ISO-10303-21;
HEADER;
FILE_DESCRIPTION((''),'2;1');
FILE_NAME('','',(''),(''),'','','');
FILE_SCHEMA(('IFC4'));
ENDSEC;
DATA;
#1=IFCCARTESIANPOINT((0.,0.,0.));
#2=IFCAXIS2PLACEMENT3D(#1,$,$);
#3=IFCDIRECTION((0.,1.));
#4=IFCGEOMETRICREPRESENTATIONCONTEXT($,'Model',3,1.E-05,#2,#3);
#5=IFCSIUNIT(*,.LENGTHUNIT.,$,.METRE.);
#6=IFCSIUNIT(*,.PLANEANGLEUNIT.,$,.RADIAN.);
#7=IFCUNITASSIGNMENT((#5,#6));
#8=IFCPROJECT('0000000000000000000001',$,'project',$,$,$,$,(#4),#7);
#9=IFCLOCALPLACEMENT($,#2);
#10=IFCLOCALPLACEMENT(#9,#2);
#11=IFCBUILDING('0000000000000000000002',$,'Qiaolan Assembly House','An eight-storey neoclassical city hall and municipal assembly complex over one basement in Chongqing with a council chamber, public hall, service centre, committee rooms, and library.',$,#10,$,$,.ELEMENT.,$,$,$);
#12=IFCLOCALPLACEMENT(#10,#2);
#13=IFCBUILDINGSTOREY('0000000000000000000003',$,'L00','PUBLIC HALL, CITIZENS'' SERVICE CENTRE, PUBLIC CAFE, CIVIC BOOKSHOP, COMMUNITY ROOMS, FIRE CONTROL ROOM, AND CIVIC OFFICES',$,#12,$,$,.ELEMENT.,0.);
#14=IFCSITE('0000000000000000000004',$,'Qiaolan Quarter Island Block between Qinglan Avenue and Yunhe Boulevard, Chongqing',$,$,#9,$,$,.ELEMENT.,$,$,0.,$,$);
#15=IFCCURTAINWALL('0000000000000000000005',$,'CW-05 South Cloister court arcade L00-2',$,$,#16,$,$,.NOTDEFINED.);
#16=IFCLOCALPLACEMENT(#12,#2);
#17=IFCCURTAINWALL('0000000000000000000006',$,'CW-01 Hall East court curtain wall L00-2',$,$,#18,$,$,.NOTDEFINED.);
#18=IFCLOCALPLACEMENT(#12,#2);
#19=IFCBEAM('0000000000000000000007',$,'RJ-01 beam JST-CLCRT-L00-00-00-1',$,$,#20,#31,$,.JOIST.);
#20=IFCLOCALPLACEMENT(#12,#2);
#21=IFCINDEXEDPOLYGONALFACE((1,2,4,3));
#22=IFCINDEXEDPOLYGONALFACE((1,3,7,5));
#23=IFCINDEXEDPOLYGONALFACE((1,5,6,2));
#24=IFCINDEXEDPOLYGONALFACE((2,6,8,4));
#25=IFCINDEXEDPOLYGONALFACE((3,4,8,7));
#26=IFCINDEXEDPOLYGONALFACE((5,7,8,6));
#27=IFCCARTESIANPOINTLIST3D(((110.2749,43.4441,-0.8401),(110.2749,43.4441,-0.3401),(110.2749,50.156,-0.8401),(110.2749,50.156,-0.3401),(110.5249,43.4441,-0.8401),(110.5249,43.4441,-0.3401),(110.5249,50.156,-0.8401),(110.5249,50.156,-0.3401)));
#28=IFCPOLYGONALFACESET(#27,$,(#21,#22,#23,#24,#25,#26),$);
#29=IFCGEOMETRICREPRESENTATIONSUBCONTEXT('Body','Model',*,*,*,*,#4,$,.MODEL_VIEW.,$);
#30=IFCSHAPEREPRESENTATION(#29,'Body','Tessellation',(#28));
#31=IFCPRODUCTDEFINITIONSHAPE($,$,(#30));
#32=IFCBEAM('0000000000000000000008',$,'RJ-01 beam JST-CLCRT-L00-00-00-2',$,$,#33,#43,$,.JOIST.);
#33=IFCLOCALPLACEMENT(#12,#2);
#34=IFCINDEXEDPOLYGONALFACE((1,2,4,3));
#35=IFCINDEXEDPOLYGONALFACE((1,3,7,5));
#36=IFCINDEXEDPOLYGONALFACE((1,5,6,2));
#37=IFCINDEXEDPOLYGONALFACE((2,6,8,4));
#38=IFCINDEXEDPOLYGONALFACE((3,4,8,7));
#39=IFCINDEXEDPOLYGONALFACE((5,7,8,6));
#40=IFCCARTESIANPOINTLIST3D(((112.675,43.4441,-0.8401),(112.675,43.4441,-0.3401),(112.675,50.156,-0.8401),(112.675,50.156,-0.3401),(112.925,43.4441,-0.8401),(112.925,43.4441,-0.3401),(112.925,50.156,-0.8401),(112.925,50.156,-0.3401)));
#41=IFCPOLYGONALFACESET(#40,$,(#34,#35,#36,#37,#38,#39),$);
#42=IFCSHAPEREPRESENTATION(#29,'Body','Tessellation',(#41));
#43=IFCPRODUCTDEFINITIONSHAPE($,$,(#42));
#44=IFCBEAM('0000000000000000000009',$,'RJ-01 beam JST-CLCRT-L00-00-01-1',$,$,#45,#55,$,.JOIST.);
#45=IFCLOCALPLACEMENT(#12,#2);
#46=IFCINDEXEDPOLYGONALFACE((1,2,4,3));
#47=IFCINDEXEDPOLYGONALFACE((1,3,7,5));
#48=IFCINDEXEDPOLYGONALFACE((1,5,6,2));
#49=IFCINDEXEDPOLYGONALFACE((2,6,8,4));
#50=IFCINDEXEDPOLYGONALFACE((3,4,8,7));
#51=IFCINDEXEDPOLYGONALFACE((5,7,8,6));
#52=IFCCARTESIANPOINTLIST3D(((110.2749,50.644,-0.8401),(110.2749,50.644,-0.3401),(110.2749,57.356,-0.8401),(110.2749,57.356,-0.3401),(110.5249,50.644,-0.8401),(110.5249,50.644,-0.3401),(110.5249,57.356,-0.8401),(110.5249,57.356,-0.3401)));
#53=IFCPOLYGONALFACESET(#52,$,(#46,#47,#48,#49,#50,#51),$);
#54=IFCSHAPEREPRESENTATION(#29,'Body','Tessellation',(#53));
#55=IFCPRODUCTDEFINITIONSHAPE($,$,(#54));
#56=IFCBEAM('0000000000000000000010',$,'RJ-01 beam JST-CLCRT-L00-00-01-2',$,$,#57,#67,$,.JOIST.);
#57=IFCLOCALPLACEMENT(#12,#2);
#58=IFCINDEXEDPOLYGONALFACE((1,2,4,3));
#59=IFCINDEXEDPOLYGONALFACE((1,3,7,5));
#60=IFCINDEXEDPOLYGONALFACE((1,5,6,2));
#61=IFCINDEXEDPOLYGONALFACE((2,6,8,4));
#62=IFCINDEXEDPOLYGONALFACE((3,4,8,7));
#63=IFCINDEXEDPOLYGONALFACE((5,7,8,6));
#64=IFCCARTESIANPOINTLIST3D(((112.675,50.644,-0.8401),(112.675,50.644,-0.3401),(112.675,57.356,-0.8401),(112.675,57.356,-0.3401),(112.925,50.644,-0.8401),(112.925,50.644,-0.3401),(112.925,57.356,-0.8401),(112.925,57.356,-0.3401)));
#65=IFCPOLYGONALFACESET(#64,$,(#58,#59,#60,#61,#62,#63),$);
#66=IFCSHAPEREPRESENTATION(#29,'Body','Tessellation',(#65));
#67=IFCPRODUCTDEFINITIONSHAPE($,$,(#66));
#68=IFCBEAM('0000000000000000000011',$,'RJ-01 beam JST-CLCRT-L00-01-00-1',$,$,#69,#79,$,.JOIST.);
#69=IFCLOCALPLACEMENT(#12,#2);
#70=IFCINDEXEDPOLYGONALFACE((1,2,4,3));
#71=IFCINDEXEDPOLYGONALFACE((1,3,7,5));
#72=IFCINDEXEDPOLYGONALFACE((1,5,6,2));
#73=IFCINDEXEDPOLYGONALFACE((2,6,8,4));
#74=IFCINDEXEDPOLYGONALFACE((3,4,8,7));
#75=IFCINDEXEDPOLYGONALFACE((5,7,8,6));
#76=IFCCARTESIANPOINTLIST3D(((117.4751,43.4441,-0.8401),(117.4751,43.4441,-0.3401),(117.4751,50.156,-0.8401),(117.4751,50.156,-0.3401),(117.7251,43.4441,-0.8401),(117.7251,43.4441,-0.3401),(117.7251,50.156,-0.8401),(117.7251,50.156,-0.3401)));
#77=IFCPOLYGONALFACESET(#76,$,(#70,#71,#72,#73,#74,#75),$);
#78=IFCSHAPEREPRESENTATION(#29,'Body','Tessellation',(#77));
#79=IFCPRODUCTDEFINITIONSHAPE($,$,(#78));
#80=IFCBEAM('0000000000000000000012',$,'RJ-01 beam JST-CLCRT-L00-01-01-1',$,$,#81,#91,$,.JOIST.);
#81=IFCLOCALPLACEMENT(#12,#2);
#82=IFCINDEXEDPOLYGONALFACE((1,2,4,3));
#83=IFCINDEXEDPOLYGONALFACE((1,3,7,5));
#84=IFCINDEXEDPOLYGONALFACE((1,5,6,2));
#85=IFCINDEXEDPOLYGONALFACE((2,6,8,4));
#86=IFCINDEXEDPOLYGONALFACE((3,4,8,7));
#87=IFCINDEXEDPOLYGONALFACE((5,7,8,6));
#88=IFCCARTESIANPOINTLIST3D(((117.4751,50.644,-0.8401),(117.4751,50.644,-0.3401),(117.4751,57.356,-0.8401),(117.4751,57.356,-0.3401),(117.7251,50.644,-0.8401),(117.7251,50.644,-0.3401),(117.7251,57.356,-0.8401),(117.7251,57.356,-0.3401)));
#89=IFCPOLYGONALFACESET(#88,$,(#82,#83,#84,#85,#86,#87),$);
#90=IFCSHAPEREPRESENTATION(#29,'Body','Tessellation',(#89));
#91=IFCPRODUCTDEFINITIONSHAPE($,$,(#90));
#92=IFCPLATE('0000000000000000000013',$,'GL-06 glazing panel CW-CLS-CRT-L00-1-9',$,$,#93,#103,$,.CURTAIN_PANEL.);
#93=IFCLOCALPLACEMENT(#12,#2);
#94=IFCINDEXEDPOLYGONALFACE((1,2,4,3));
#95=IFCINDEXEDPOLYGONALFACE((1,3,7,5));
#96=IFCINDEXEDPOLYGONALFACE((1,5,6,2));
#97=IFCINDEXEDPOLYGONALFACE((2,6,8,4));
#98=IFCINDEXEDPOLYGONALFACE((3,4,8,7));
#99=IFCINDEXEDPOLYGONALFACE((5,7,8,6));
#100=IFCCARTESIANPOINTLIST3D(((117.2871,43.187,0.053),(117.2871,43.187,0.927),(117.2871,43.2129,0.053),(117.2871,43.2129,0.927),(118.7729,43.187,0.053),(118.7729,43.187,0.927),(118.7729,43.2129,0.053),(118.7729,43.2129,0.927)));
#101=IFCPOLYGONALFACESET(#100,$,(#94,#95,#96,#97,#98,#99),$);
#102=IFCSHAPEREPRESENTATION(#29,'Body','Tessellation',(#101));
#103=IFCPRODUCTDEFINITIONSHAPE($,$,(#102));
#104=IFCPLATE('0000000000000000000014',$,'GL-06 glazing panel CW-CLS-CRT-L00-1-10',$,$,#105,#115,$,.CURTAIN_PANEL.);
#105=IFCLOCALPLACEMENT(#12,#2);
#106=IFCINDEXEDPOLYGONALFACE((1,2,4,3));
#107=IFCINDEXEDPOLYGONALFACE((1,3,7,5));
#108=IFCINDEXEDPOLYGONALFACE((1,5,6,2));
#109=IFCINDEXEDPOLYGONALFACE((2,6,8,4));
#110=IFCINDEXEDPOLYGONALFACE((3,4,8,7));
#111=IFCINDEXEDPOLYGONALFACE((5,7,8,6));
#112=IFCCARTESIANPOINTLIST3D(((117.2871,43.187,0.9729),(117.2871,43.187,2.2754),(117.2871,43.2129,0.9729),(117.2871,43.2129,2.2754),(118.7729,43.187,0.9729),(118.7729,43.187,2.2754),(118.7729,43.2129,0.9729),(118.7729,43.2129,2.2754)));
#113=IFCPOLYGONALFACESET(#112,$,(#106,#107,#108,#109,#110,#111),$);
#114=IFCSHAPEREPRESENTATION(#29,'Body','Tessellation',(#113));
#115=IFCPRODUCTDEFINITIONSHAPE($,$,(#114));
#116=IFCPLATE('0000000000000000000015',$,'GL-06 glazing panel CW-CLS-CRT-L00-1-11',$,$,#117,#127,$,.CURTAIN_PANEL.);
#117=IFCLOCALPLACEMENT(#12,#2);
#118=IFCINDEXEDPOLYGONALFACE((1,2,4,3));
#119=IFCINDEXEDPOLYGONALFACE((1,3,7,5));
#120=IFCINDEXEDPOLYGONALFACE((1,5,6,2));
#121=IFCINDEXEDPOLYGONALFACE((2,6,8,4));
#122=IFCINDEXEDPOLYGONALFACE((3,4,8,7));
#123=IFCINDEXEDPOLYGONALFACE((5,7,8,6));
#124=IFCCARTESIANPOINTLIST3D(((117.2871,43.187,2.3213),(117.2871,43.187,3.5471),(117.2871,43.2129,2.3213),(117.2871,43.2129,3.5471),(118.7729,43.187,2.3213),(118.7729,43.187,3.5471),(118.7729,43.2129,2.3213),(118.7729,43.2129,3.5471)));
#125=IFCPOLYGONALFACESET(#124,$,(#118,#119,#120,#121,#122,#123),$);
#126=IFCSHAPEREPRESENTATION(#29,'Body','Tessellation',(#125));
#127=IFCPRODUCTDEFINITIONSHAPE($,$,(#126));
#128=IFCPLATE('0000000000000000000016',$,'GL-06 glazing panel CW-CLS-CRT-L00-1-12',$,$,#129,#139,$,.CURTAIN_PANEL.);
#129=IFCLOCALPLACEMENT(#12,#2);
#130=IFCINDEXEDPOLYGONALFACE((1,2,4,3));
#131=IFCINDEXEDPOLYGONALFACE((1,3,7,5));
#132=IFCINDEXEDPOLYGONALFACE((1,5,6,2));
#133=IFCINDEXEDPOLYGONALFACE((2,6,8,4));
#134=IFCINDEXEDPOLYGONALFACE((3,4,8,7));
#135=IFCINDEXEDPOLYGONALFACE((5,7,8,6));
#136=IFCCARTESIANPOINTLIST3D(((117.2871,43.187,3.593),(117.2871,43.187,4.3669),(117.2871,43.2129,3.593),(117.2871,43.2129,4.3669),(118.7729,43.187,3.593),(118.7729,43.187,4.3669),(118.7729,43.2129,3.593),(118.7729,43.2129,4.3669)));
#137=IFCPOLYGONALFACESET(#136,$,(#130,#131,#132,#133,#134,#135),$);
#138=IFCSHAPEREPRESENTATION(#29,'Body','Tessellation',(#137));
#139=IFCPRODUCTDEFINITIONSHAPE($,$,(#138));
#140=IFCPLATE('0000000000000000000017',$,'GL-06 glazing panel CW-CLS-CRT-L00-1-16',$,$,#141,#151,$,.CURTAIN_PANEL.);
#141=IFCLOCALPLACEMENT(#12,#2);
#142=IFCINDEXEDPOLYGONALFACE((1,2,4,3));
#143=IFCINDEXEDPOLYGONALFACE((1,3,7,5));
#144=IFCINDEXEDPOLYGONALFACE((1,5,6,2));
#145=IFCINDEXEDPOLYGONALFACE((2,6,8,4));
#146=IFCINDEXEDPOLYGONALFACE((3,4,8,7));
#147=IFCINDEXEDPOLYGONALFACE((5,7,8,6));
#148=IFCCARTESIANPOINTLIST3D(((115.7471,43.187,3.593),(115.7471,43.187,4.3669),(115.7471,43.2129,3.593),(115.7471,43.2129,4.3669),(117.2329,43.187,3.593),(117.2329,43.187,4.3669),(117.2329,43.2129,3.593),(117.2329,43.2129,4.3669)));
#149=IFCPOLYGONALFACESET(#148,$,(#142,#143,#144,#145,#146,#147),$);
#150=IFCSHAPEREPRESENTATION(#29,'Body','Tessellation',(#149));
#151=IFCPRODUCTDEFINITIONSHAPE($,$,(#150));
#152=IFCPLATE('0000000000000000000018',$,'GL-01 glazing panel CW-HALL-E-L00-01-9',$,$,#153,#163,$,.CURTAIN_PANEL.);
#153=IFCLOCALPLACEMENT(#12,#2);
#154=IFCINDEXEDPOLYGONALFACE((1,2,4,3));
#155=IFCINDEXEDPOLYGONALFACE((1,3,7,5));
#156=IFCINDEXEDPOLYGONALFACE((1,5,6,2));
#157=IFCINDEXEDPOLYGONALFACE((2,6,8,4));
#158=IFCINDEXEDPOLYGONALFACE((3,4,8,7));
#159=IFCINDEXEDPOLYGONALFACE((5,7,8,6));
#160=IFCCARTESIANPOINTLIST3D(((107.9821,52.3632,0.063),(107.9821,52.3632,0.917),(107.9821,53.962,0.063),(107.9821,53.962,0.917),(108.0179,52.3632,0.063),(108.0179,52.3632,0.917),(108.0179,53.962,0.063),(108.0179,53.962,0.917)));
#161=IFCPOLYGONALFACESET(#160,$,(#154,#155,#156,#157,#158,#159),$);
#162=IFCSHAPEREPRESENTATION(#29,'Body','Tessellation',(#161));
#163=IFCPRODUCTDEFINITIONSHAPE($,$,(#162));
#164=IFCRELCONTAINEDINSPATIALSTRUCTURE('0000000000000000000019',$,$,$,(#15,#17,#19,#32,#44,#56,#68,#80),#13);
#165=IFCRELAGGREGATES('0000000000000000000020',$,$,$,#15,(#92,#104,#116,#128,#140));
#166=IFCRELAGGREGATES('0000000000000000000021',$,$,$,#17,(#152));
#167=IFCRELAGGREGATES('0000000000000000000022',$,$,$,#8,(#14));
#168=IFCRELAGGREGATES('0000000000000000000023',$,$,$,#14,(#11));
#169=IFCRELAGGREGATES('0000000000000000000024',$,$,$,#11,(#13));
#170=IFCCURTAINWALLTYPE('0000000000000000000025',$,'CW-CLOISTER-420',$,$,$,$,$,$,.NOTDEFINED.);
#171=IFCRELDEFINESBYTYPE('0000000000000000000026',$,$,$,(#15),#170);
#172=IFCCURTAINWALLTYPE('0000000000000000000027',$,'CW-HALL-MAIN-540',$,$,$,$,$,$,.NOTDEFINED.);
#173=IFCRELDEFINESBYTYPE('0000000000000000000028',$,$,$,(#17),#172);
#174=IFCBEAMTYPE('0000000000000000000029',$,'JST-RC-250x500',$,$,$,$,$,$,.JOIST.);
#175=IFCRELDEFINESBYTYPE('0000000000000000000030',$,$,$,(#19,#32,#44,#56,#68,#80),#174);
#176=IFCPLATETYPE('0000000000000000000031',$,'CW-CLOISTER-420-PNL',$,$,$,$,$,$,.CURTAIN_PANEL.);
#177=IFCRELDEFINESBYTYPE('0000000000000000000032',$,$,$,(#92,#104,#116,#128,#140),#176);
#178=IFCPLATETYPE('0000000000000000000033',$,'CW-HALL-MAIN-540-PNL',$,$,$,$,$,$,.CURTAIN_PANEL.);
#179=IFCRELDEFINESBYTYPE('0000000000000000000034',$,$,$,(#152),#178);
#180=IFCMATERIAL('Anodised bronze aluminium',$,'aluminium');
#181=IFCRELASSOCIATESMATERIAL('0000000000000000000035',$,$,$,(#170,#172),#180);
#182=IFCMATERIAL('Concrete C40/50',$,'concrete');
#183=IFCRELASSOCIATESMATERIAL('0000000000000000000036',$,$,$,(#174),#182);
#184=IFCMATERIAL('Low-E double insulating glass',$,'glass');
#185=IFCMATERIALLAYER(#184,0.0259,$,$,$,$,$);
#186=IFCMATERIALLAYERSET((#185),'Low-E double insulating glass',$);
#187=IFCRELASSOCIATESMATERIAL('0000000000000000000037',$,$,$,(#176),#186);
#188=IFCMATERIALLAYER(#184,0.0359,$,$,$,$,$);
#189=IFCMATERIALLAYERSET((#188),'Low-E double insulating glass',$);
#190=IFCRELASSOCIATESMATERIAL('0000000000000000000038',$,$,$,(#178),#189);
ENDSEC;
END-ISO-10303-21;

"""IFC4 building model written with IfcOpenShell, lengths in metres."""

from ifc_helpers import new_model, si_unit, direction, frame, frame_2d, origin, origin_2d, place, context, subcontext, project, spatial, rectangle, extrude, material, layer, layer_set, material_profile, profile_set, type_object, element, aggregate, save


model = new_model("IFC4")

# Units and contexts
model_context = context("Model", 3, precision=1e-05, world=origin(), true_north=direction((0.0, 1.0)))
body_context = subcontext(model_context, "Body", "Model", "MODEL_VIEW")
ifc_project = project(units=[si_unit("LENGTHUNIT", "METRE"), si_unit("PLANEANGLEUNIT", "RADIAN")], contexts=[model_context])

# Site, building, storey
site_placement = place(None, origin())
site = spatial("IfcSite", under=ifc_project, at=site_placement, Name="Qiaolan Quarter Island Block between Qinglan Avenue and Yunhe Boulevard, Chongqing", CompositionType="ELEMENT", RefElevation=0.0)
building_placement = place(site_placement, origin())
building = spatial("IfcBuilding", under=site, at=building_placement, Name="Qiaolan Assembly House", Description="An eight-storey neoclassical city hall and municipal assembly complex over one basement in Chongqing with a council chamber, public hall, service centre, committee rooms, and library.", CompositionType="ELEMENT")
storey_placement = place(building_placement, origin())
storey = spatial("IfcBuildingStorey", under=building, at=storey_placement, Name="L00", Description="PUBLIC HALL, CITIZENS' SERVICE CENTRE, PUBLIC CAFE, CIVIC BOOKSHOP, COMMUNITY ROOMS, FIRE CONTROL ROOM, AND CIVIC OFFICES", CompositionType="ELEMENT", Elevation=0.0)

# Shared definitions
ifc_material_1 = material(Name="Concrete C40/50", Category="concrete")

# Curtain walls
ifc_material_2 = material(Name="Anodised bronze aluminium", Category="aluminium")
curtain_wall_type_1 = type_object("IfcCurtainWallType", Name="CW-CLOISTER-420", PredefinedType="NOTDEFINED", material=ifc_material_2)
curtain_wall_1_placement = place(storey_placement, origin())
curtain_wall_1 = element("IfcCurtainWall", 1, at=curtain_wall_1_placement, inside=storey, type_object=curtain_wall_type_1, Name="CW-05 South Cloister court arcade L00-2", PredefinedType="NOTDEFINED")
curtain_wall_type_2 = type_object("IfcCurtainWallType", Name="CW-HALL-MAIN-540", PredefinedType="NOTDEFINED", material=ifc_material_2)
curtain_wall_2_placement = place(storey_placement, origin())
curtain_wall_2 = element("IfcCurtainWall", 2, at=curtain_wall_2_placement, inside=storey, type_object=curtain_wall_type_2, Name="CW-01 Hall East court curtain wall L00-2", PredefinedType="NOTDEFINED")

# Beams
ifc_material_profile_1 = material_profile(ifc_material_1, rectangle(XDim=0.25, YDim=0.5, at=origin_2d()), Name="RCB 250x500")
ifc_profile_set_1 = profile_set([ifc_material_profile_1], Name="Concrete C40/50")
beam_type_1 = type_object("IfcBeamType", Name="JST-RC-250x500", PredefinedType="JOIST", material=ifc_profile_set_1)
for number, where, z_axis, x_axis, name in (
    (3, (110.3999, 43.4441, -0.5901), (0.0, 1.0, 0.0), (-1.0, 0.0, 0.0), "RJ-01 beam JST-CLCRT-L00-00-00-1"),
    (4, (112.8, 43.4441, -0.5901), (0.0, 1.0, 0.0), (-1.0, 0.0, 0.0), "RJ-01 beam JST-CLCRT-L00-00-00-2"),
    (5, (110.3999, 50.644, -0.5901), (0.0, 1.0, 0.0), (-1.0, 0.0, 0.0), "RJ-01 beam JST-CLCRT-L00-00-01-1"),
    (6, (112.8, 50.644, -0.5901), (0.0, 1.0, 0.0), (-1.0, 0.0, 0.0), "RJ-01 beam JST-CLCRT-L00-00-01-2"),
    (7, (117.6001, 43.4441, -0.5901), (0.0, 1.0, 0.0), (-1.0, 0.0, 0.0), "RJ-01 beam JST-CLCRT-L00-01-00-1"),
    (8, (117.6001, 50.644, -0.5901), (0.0, 1.0, 0.0), (-1.0, 0.0, 0.0), "RJ-01 beam JST-CLCRT-L00-01-01-1"),
):
    element("IfcBeam", number, at=place(storey_placement, frame(where, z_axis=z_axis, x_axis=x_axis)), inside=storey, type_object=beam_type_1, Name=name, PredefinedType="JOIST", context=body_context, shape_type="SweptSolid", body=[
        extrude(rectangle(XDim=0.25, YDim=0.5, at=origin_2d()), origin(), (0.0, 0.0, 1.0), 6.7119),
    ])

# Plates
ifc_material_3 = material(Name="Low-E double insulating glass", Category="glass")
ifc_layer_1 = layer(ifc_material_3, 0.0259)
ifc_layer_set_1 = layer_set([ifc_layer_1], Name="Low-E double insulating glass")
plate_type_1 = type_object("IfcPlateType", Name="CW-CLOISTER-420-PNL", PredefinedType="CURTAIN_PANEL", material=ifc_layer_set_1)
plate_1_placement = place(storey_placement, frame((118.7729, 43.2, 0.053), z_axis=(0.0, 0.0, 1.0), x_axis=(-1.0, 0.0, 0.0)))
plate_1 = element("IfcPlate", 9, at=plate_1_placement, type_object=plate_type_1, Name="GL-06 glazing panel CW-CLS-CRT-L00-1-9", PredefinedType="CURTAIN_PANEL", context=body_context, shape_type="SweptSolid", body=[
    extrude(rectangle(XDim=1.4858, YDim=0.0259, at=frame_2d((0.7429, 0.0))), origin(), (0.0, 0.0, 1.0), 0.874),
])
plate_2_placement = place(storey_placement, frame((118.7729, 43.2, 0.9729), z_axis=(0.0, 0.0, 1.0), x_axis=(-1.0, 0.0, 0.0)))
plate_2 = element("IfcPlate", 10, at=plate_2_placement, type_object=plate_type_1, Name="GL-06 glazing panel CW-CLS-CRT-L00-1-10", PredefinedType="CURTAIN_PANEL", context=body_context, shape_type="SweptSolid", body=[
    extrude(rectangle(XDim=1.4858, YDim=0.0259, at=frame_2d((0.7429, 0.0))), origin(), (0.0, 0.0, 1.0), 1.3025),
])
plate_3_placement = place(storey_placement, frame((118.7729, 43.2, 2.3213), z_axis=(0.0, 0.0, 1.0), x_axis=(-1.0, 0.0, 0.0)))
plate_3 = element("IfcPlate", 11, at=plate_3_placement, type_object=plate_type_1, Name="GL-06 glazing panel CW-CLS-CRT-L00-1-11", PredefinedType="CURTAIN_PANEL", context=body_context, shape_type="SweptSolid", body=[
    extrude(rectangle(XDim=1.4858, YDim=0.0259, at=frame_2d((0.7429, 0.0))), origin(), (0.0, 0.0, 1.0), 1.2258),
])
plate_4_placement = place(storey_placement, frame((118.7729, 43.2, 3.593), z_axis=(0.0, 0.0, 1.0), x_axis=(-1.0, 0.0, 0.0)))
plate_4 = element("IfcPlate", 12, at=plate_4_placement, type_object=plate_type_1, Name="GL-06 glazing panel CW-CLS-CRT-L00-1-12", PredefinedType="CURTAIN_PANEL", context=body_context, shape_type="SweptSolid", body=[
    extrude(rectangle(XDim=1.4858, YDim=0.0259, at=frame_2d((0.7429, 0.0))), origin(), (0.0, 0.0, 1.0), 0.7739),
])
plate_5_placement = place(storey_placement, frame((117.2329, 43.2, 3.593), z_axis=(0.0, 0.0, 1.0), x_axis=(-1.0, 0.0, 0.0)))
plate_5 = element("IfcPlate", 13, at=plate_5_placement, type_object=plate_type_1, Name="GL-06 glazing panel CW-CLS-CRT-L00-1-16", PredefinedType="CURTAIN_PANEL", context=body_context, shape_type="SweptSolid", body=[
    extrude(rectangle(XDim=1.4858, YDim=0.0259, at=frame_2d((0.7429, 0.0))), origin(), (0.0, 0.0, 1.0), 0.7739),
])
aggregate(curtain_wall_1, [plate_1, plate_2, plate_3, plate_4, plate_5])
ifc_layer_2 = layer(ifc_material_3, 0.0359)
ifc_layer_set_2 = layer_set([ifc_layer_2], Name="Low-E double insulating glass")
plate_type_2 = type_object("IfcPlateType", Name="CW-HALL-MAIN-540-PNL", PredefinedType="CURTAIN_PANEL", material=ifc_layer_set_2)
plate_6_placement = place(storey_placement, frame((108.0, 53.9619, 0.063), z_axis=(0.0, 0.0, 1.0), x_axis=(0.0, -1.0, 0.0)))
plate_6 = element("IfcPlate", 14, at=plate_6_placement, type_object=plate_type_2, Name="GL-01 glazing panel CW-HALL-E-L00-01-9", PredefinedType="CURTAIN_PANEL", context=body_context, shape_type="SweptSolid", body=[
    extrude(rectangle(XDim=1.5989, YDim=0.0359, at=frame_2d((0.7993, 0.0))), origin(), (0.0, 0.0, 1.0), 0.854),
])
aggregate(curtain_wall_2, [plate_6])

save(model, "model.ifc")
